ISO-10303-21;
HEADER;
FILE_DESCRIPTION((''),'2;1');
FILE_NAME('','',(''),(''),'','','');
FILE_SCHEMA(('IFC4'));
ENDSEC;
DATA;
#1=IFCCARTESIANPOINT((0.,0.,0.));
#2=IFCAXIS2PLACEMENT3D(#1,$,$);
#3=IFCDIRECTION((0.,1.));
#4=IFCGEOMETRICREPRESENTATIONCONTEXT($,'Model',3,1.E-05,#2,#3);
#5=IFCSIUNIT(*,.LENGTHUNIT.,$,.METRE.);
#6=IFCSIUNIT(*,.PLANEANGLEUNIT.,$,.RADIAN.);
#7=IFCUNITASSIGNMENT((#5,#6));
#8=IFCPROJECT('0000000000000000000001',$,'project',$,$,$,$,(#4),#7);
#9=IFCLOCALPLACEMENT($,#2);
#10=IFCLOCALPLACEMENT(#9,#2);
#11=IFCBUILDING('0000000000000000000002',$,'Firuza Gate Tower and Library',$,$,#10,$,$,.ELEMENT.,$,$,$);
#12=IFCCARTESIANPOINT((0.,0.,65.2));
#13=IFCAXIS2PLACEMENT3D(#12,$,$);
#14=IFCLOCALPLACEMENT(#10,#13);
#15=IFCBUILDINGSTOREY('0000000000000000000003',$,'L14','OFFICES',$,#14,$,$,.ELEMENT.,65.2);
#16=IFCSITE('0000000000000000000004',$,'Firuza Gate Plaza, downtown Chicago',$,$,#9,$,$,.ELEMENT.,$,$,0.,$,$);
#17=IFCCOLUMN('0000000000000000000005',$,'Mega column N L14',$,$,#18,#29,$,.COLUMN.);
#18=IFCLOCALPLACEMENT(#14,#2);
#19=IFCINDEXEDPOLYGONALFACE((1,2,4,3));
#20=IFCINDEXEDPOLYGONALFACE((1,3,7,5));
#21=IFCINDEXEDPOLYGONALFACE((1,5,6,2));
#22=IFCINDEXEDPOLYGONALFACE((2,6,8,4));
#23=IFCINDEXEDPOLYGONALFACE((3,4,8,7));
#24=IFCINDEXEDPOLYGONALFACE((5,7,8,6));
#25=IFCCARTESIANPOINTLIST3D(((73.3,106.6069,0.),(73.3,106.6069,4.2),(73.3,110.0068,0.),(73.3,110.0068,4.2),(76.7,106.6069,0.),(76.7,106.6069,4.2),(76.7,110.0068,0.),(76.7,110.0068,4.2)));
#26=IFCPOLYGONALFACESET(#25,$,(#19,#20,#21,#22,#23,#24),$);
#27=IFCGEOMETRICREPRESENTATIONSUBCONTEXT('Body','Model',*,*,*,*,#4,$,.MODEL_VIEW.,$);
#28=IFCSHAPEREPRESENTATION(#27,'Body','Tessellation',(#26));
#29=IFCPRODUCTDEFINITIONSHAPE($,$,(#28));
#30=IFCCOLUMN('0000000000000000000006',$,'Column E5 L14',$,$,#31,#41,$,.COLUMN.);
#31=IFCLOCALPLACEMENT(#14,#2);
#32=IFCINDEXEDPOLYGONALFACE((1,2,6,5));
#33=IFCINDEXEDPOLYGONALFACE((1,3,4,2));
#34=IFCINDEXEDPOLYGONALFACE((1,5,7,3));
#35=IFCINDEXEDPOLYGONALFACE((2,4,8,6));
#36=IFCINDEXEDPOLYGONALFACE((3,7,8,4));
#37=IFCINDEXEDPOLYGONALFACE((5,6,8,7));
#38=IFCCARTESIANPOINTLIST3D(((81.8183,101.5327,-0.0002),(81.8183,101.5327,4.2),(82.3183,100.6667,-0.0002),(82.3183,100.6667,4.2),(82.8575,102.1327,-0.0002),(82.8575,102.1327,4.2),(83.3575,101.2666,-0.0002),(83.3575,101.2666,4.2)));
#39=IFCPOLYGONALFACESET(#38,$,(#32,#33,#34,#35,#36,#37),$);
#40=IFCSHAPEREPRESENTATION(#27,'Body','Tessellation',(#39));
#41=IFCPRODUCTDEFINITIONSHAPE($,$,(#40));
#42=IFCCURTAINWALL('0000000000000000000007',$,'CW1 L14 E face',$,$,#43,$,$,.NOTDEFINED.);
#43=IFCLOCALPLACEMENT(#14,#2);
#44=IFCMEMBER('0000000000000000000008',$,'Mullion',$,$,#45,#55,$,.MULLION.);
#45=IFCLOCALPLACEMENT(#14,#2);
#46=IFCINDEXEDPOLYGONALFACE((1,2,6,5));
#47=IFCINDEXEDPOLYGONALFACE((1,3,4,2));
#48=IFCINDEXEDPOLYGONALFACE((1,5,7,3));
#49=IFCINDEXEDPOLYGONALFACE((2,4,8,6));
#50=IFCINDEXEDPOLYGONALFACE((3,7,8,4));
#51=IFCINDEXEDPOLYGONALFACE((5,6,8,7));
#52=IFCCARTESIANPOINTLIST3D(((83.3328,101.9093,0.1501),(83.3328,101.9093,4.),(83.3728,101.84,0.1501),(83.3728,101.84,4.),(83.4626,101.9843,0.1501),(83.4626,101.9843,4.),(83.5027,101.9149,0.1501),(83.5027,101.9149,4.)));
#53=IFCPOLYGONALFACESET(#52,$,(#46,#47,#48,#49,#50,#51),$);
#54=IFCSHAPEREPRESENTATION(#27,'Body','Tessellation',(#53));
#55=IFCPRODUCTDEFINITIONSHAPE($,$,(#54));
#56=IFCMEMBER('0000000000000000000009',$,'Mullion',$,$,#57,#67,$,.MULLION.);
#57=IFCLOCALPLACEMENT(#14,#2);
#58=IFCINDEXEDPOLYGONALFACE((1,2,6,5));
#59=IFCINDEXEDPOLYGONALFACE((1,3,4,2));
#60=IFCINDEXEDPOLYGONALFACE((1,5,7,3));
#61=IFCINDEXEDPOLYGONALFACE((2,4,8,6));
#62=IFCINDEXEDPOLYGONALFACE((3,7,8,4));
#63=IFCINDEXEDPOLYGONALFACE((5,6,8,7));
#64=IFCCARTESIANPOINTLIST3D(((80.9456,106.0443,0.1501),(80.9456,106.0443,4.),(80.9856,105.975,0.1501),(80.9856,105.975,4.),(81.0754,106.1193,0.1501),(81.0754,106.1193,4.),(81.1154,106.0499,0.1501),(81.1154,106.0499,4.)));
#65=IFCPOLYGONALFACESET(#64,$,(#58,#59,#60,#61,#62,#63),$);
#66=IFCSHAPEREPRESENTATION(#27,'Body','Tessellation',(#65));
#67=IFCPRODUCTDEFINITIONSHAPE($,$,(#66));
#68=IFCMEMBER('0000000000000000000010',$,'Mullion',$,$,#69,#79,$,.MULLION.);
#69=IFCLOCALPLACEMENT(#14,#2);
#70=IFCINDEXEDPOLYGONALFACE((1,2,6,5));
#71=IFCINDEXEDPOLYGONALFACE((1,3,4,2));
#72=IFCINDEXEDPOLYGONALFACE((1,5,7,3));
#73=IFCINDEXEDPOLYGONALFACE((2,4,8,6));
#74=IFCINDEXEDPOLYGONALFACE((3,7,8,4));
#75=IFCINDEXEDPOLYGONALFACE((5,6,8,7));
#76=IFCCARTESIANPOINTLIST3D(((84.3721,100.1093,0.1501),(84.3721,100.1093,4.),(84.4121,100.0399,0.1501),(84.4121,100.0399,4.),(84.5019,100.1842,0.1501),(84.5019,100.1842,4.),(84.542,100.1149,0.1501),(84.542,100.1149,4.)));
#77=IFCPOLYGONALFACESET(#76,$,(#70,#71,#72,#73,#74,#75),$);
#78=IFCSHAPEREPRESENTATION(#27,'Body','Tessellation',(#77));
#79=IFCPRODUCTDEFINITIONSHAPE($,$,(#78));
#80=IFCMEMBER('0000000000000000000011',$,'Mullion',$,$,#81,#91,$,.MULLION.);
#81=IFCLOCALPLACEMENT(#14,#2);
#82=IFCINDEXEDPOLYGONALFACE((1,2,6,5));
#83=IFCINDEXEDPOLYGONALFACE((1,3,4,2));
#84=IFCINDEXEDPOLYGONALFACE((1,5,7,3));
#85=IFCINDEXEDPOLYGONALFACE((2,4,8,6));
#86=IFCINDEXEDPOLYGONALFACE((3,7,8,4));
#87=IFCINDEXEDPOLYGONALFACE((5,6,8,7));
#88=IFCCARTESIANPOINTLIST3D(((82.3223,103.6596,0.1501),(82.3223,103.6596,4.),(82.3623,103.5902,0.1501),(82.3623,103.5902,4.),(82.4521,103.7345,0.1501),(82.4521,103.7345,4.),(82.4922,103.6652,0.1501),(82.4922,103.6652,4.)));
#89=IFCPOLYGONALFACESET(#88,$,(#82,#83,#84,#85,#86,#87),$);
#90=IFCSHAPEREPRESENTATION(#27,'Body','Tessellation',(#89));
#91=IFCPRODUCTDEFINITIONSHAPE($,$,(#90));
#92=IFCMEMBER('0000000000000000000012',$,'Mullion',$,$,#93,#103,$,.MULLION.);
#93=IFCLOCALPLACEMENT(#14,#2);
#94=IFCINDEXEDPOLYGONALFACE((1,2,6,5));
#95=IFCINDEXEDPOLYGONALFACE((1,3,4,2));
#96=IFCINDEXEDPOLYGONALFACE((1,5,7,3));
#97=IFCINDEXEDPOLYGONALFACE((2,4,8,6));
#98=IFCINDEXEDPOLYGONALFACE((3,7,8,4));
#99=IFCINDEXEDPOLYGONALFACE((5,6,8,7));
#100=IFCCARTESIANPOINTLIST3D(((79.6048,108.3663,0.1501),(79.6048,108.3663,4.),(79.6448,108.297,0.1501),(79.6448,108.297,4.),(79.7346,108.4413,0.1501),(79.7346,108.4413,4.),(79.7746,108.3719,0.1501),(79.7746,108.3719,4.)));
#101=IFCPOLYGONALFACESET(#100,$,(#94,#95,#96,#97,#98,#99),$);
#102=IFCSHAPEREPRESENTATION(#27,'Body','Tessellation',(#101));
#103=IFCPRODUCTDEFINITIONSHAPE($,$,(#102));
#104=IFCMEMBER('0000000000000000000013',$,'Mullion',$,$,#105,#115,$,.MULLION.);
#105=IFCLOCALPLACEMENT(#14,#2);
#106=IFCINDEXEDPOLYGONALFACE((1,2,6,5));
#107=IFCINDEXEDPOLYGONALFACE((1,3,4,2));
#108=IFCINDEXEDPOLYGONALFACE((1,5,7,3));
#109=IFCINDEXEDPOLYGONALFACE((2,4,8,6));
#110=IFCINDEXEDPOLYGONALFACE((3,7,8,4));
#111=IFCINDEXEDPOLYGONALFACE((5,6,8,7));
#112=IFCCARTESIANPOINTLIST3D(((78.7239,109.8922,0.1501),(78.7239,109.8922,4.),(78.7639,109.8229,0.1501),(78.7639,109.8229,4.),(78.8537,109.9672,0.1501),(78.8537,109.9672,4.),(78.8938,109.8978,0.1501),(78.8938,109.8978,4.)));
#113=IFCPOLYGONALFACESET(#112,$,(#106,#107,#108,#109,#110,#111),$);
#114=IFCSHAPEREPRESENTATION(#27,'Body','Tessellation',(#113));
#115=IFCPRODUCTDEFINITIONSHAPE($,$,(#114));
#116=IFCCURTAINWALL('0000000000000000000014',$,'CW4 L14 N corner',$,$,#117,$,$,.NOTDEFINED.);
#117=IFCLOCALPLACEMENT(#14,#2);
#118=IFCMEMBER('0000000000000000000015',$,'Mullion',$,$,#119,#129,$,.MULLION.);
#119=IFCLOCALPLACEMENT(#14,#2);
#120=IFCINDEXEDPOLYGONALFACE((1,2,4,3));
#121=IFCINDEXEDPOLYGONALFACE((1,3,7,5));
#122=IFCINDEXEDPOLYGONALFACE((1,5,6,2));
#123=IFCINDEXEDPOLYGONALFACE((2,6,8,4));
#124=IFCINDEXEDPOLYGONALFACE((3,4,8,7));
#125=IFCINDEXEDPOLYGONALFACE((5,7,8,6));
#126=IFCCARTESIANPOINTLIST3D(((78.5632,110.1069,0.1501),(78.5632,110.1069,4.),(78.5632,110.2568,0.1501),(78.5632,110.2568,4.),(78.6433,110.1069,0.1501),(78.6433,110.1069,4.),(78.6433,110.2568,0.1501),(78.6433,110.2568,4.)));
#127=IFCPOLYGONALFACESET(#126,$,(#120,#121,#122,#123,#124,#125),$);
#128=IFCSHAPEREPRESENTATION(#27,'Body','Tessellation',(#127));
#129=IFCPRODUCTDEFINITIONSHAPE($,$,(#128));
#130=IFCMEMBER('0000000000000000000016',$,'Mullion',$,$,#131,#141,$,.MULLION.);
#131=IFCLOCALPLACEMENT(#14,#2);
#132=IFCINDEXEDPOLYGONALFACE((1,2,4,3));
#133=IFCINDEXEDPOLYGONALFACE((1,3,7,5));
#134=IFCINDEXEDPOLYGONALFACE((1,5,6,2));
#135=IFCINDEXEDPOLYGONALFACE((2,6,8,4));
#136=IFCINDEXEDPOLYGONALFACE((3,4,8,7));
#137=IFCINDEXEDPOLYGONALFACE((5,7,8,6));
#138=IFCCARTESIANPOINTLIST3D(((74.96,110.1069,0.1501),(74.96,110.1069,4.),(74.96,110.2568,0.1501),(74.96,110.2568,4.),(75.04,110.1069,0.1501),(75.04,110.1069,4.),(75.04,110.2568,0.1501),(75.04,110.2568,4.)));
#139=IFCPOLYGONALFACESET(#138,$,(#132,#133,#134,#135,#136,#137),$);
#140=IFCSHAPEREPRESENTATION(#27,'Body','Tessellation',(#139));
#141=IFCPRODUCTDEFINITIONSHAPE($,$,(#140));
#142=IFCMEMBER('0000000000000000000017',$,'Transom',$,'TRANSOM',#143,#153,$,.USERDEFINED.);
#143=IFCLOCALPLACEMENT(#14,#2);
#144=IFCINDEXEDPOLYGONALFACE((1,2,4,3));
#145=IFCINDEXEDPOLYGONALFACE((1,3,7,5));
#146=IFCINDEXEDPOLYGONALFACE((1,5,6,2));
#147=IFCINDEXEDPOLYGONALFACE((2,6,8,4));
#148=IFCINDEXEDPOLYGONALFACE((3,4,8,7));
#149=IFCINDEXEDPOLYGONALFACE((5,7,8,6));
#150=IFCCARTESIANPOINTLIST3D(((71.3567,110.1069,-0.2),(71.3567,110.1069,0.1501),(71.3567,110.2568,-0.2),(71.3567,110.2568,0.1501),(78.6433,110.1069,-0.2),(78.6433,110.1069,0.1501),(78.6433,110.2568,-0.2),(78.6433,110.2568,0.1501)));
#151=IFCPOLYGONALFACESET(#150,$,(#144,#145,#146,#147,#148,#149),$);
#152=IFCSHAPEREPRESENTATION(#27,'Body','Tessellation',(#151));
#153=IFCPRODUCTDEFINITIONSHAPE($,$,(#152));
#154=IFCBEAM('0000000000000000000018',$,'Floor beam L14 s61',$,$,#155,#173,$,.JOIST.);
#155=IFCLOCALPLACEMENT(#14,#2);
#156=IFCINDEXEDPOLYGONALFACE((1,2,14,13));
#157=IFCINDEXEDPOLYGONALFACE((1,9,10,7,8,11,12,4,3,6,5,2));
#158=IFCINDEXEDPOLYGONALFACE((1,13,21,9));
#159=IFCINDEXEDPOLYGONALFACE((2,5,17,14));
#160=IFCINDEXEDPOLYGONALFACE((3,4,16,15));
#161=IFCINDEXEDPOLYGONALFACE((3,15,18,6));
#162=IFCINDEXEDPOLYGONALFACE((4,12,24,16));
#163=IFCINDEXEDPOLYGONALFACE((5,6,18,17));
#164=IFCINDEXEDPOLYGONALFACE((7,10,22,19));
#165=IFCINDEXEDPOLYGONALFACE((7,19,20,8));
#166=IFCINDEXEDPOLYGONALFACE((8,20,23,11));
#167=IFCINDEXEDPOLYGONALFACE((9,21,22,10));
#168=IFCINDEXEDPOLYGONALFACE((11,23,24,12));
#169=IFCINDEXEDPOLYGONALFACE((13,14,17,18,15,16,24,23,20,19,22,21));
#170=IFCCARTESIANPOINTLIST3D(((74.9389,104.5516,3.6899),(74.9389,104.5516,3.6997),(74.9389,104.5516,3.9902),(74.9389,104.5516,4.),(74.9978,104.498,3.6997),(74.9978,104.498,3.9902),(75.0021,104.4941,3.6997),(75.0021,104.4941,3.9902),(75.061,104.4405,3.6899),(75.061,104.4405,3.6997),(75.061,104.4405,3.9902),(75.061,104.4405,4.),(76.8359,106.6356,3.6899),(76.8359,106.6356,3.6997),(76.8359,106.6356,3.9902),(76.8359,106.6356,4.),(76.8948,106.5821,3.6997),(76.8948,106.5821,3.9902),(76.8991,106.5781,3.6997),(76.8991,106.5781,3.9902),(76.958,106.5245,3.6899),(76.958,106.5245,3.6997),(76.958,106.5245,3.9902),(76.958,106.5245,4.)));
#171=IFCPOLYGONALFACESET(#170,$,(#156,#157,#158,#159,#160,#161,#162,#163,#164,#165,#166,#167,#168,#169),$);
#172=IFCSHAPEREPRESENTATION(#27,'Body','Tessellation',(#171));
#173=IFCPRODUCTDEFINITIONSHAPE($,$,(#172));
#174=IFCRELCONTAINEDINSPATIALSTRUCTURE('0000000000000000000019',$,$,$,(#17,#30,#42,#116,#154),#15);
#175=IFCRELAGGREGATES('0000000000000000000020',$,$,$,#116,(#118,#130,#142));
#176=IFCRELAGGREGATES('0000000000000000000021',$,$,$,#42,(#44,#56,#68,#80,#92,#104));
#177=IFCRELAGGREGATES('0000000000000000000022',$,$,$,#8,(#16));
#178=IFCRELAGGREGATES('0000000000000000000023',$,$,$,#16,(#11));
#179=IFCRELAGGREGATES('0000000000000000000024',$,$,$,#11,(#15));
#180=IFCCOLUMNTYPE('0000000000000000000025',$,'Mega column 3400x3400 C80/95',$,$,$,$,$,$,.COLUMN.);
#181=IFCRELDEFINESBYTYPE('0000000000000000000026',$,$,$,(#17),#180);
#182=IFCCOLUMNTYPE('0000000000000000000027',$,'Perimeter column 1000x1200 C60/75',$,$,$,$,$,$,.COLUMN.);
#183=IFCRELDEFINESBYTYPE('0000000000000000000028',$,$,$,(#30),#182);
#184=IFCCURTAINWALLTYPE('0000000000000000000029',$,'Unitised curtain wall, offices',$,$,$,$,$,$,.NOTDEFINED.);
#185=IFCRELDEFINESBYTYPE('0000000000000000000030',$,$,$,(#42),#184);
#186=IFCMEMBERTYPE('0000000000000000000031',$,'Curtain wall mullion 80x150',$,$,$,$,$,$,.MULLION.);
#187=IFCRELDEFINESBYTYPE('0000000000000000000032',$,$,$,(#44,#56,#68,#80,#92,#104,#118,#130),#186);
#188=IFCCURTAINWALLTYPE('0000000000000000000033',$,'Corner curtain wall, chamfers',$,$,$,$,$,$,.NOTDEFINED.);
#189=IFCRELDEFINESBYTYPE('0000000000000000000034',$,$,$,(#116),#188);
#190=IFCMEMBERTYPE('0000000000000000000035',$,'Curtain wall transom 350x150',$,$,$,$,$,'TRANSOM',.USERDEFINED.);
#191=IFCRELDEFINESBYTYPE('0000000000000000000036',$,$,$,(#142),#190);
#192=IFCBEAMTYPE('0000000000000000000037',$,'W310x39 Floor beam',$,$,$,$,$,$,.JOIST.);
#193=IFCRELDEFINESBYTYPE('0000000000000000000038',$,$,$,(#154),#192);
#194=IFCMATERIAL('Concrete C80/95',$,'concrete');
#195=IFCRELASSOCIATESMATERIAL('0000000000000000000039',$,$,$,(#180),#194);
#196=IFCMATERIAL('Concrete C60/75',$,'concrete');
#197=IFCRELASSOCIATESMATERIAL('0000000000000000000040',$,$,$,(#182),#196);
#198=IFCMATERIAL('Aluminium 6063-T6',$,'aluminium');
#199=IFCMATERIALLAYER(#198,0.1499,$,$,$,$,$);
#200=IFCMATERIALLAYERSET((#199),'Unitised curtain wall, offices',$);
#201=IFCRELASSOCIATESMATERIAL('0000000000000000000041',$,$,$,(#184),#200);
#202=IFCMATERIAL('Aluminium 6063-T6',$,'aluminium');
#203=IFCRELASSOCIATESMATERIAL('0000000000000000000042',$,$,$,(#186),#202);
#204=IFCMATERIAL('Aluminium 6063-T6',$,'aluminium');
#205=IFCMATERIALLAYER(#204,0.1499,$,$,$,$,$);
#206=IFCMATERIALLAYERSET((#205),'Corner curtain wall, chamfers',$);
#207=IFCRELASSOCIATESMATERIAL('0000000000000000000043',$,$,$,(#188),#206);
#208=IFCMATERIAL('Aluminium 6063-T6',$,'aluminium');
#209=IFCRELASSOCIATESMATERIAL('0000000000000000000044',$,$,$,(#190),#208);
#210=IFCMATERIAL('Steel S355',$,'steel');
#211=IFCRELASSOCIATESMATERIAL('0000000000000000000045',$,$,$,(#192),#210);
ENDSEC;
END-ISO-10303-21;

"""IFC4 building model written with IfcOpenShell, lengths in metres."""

from ifc_helpers import new_model, si_unit, direction, frame, origin, origin_2d, place, context, subcontext, project, spatial, rectangle, i_section, extrude, material, layer, layer_set, material_profile, profile_set, type_object, element, aggregate, save


model = new_model("IFC4")

# Units and contexts
model_context = context("Model", 3, precision=1e-05, world=origin(), true_north=direction((0.0, 1.0)))
body_context = subcontext(model_context, "Body", "Model", "MODEL_VIEW")
ifc_project = project(units=[si_unit("LENGTHUNIT", "METRE"), si_unit("PLANEANGLEUNIT", "RADIAN")], contexts=[model_context])

# Site, building, storey
site_placement = place(None, origin())
site = spatial("IfcSite", under=ifc_project, at=site_placement, Name="Firuza Gate Plaza, downtown Chicago", CompositionType="ELEMENT", RefElevation=0.0)
building_placement = place(site_placement, origin())
building = spatial("IfcBuilding", under=site, at=building_placement, Name="Firuza Gate Tower and Library", CompositionType="ELEMENT")
storey_placement = place(building_placement, frame((0.0, 0.0, 65.2)))
storey = spatial("IfcBuildingStorey", under=building, at=storey_placement, Name="L14", Description="OFFICES", CompositionType="ELEMENT", Elevation=65.2)

# Columns
ifc_material_1 = material(Name="Concrete C80/95", Category="concrete")
ifc_material_profile_1 = material_profile(ifc_material_1, rectangle(XDim=3.3999, YDim=3.3999, at=origin_2d()))
ifc_profile_set_1 = profile_set([ifc_material_profile_1], Name="Concrete C80/95")
column_type_1 = type_object("IfcColumnType", Name="Mega column 3400x3400 C80/95", PredefinedType="COLUMN", material=ifc_profile_set_1)
column_1_placement = place(storey_placement, frame((75.0, 108.3069, 0.0), z_axis=(0.0, 0.0, 1.0), x_axis=(-1.0, 0.0, 0.0)))
element("IfcColumn", 1, at=column_1_placement, inside=storey, type_object=column_type_1, Name="Mega column N L14", PredefinedType="COLUMN", context=body_context, shape_type="SweptSolid", body=[
    extrude(rectangle(XDim=3.3999, YDim=3.3999, at=origin_2d()), origin(), (0.0, 0.0, 1.0), 4.2),
])
ifc_material_2 = material(Name="Concrete C60/75", Category="concrete")
ifc_material_profile_2 = material_profile(ifc_material_2, rectangle(XDim=1.0, YDim=1.2, at=origin_2d()))
ifc_profile_set_2 = profile_set([ifc_material_profile_2], Name="Concrete C60/75")
column_type_2 = type_object("IfcColumnType", Name="Perimeter column 1000x1200 C60/75", PredefinedType="COLUMN", material=ifc_profile_set_2)
column_2_placement = place(storey_placement, frame((82.5879, 101.3997, -0.0002), z_axis=(0.0, 0.0, 1.0), x_axis=(-0.5, 0.866025, 0.0)))
element("IfcColumn", 2, at=column_2_placement, inside=storey, type_object=column_type_2, Name="Column E5 L14", PredefinedType="COLUMN", context=body_context, shape_type="SweptSolid", body=[
    extrude(rectangle(XDim=1.0, YDim=1.2, at=origin_2d()), origin(), (0.0, 0.0, 1.0), 4.2002),
])

# Curtain walls, members
ifc_material_3 = material(Name="Aluminium 6063-T6", Category="aluminium")
ifc_layer_1 = layer(ifc_material_3, 0.1499)
ifc_layer_set_1 = layer_set([ifc_layer_1], Name="Unitised curtain wall, offices")
curtain_wall_type_1 = type_object("IfcCurtainWallType", Name="Unitised curtain wall, offices", PredefinedType="NOTDEFINED", material=ifc_layer_set_1)
placement = place(storey_placement, origin())
curtain_wall_1 = element("IfcCurtainWall", 3, at=placement, inside=storey, type_object=curtain_wall_type_1, Name="CW1 L14 E face", PredefinedType="NOTDEFINED")
ifc_material_4 = material(Name="Aluminium 6063-T6", Category="aluminium")
ifc_material_profile_3 = material_profile(ifc_material_4, rectangle(XDim=0.1499, YDim=0.0801, at=origin_2d()))
ifc_profile_set_3 = profile_set([ifc_material_profile_3], Name="Aluminium 6063-T6")
member_type_1 = type_object("IfcMemberType", Name="Curtain wall mullion 80x150", PredefinedType="MULLION", material=ifc_profile_set_3)
member_1_placement = place(storey_placement, frame((83.4177, 101.9121, 0.1501), z_axis=(0.0, 0.0, 1.0), x_axis=(-0.866025, -0.5, 0.0)))
member_1 = element("IfcMember", 4, at=member_1_placement, type_object=member_type_1, Name="Mullion", PredefinedType="MULLION", context=body_context, shape_type="SweptSolid", body=[
    extrude(rectangle(XDim=0.1499, YDim=0.0801, at=origin_2d()), origin(), (0.0, 0.0, 1.0), 3.8499),
])
member_2_placement = place(storey_placement, frame((81.0305, 106.0471, 0.1501), z_axis=(0.0, 0.0, 1.0), x_axis=(-0.866025, -0.5, 0.0)))
member_2 = element("IfcMember", 5, at=member_2_placement, type_object=member_type_1, Name="Mullion", PredefinedType="MULLION", context=body_context, shape_type="SweptSolid", body=[
    extrude(rectangle(XDim=0.1499, YDim=0.0801, at=origin_2d()), origin(), (0.0, 0.0, 1.0), 3.8499),
])
member_3_placement = place(storey_placement, frame((84.457, 100.1121, 0.1501), z_axis=(0.0, 0.0, 1.0), x_axis=(-0.866025, -0.5, 0.0)))
member_3 = element("IfcMember", 6, at=member_3_placement, type_object=member_type_1, Name="Mullion", PredefinedType="MULLION", context=body_context, shape_type="SweptSolid", body=[
    extrude(rectangle(XDim=0.1499, YDim=0.0801, at=origin_2d()), origin(), (0.0, 0.0, 1.0), 3.8499),
])
member_4_placement = place(storey_placement, frame((82.4072, 103.6624, 0.1501), z_axis=(0.0, 0.0, 1.0), x_axis=(-0.866025, -0.5, 0.0)))
member_4 = element("IfcMember", 7, at=member_4_placement, type_object=member_type_1, Name="Mullion", PredefinedType="MULLION", context=body_context, shape_type="SweptSolid", body=[
    extrude(rectangle(XDim=0.1499, YDim=0.0801, at=origin_2d()), origin(), (0.0, 0.0, 1.0), 3.8499),
])
member_5_placement = place(storey_placement, frame((79.6897, 108.3691, 0.1501), z_axis=(0.0, 0.0, 1.0), x_axis=(-0.866025, -0.5, 0.0)))
member_5 = element("IfcMember", 8, at=member_5_placement, type_object=member_type_1, Name="Mullion", PredefinedType="MULLION", context=body_context, shape_type="SweptSolid", body=[
    extrude(rectangle(XDim=0.1499, YDim=0.0801, at=origin_2d()), origin(), (0.0, 0.0, 1.0), 3.8499),
])
member_6_placement = place(storey_placement, frame((78.8088, 109.895, 0.1501), z_axis=(0.0, 0.0, 1.0), x_axis=(-0.866025, -0.5, 0.0)))
member_6 = element("IfcMember", 9, at=member_6_placement, type_object=member_type_1, Name="Mullion", PredefinedType="MULLION", context=body_context, shape_type="SweptSolid", body=[
    extrude(rectangle(XDim=0.1499, YDim=0.0801, at=origin_2d()), origin(), (0.0, 0.0, 1.0), 3.8499),
])
ifc_material_5 = material(Name="Aluminium 6063-T6", Category="aluminium")
ifc_layer_2 = layer(ifc_material_5, 0.1499)
ifc_layer_set_2 = layer_set([ifc_layer_2], Name="Corner curtain wall, chamfers")
curtain_wall_type_2 = type_object("IfcCurtainWallType", Name="Corner curtain wall, chamfers", PredefinedType="NOTDEFINED", material=ifc_layer_set_2)
curtain_wall_2 = element("IfcCurtainWall", 10, at=placement, inside=storey, type_object=curtain_wall_type_2, Name="CW4 L14 N corner", PredefinedType="NOTDEFINED")
member_7_placement = place(storey_placement, frame((78.6033, 110.1819, 0.1501), z_axis=(0.0, 0.0, 1.0), x_axis=(0.0, -1.0, 0.0)))
member_7 = element("IfcMember", 11, at=member_7_placement, type_object=member_type_1, Name="Mullion", PredefinedType="MULLION", context=body_context, shape_type="SweptSolid", body=[
    extrude(rectangle(XDim=0.1499, YDim=0.0801, at=origin_2d()), origin(), (0.0, 0.0, 1.0), 3.8499),
])
member_8_placement = place(storey_placement, frame((75.0, 110.1819, 0.1501), z_axis=(0.0, 0.0, 1.0), x_axis=(0.0, -1.0, 0.0)))
member_8 = element("IfcMember", 12, at=member_8_placement, type_object=member_type_1, Name="Mullion", PredefinedType="MULLION", context=body_context, shape_type="SweptSolid", body=[
    extrude(rectangle(XDim=0.1499, YDim=0.0801, at=origin_2d()), origin(), (0.0, 0.0, 1.0), 3.8499),
])
ifc_material_6 = material(Name="Aluminium 6063-T6", Category="aluminium")
ifc_material_profile_4 = material_profile(ifc_material_6, rectangle(XDim=0.1499, YDim=0.3501, at=origin_2d()))
ifc_profile_set_4 = profile_set([ifc_material_profile_4], Name="Aluminium 6063-T6")
member_type_2 = type_object("IfcMemberType", Name="Curtain wall transom 350x150", ElementType="TRANSOM", PredefinedType="USERDEFINED", material=ifc_profile_set_4)
member_9_placement = place(storey_placement, frame((78.6433, 110.1819, -0.0249), z_axis=(-1.0, 0.0, 0.0), x_axis=(0.0, -1.0, 0.0)))
member_9 = element("IfcMember", 13, at=member_9_placement, type_object=member_type_2, Name="Transom", ObjectType="TRANSOM", PredefinedType="USERDEFINED", context=body_context, shape_type="SweptSolid", body=[
    extrude(rectangle(XDim=0.1499, YDim=0.3501, at=origin_2d()), origin(), (0.0, 0.0, 1.0), 7.2866),
])

# Beam
ifc_material_7 = material(Name="Steel S355", Category="steel")
ifc_material_profile_5 = material_profile(ifc_material_7, i_section(OverallWidth=0.165, OverallDepth=0.3101, WebThickness=0.0059, FlangeThickness=0.0098, at=origin_2d()))
ifc_profile_set_5 = profile_set([ifc_material_profile_5], Name="Steel S355")
beam_type_1 = type_object("IfcBeamType", Name="W310x39 Floor beam", PredefinedType="JOIST", material=ifc_profile_set_5)
beam_1_placement = place(storey_placement, frame((76.897, 106.5801, 3.845), z_axis=(-0.673147, -0.739509, 0.0), x_axis=(0.739509, -0.673147, 0.0)))
element("IfcBeam", 14, at=beam_1_placement, inside=storey, type_object=beam_type_1, Name="Floor beam L14 s61", PredefinedType="JOIST", context=body_context, shape_type="SweptSolid", body=[
    extrude(i_section(OverallWidth=0.165, OverallDepth=0.3101, WebThickness=0.0059, FlangeThickness=0.0098, at=origin_2d()), origin(), (0.0, 0.0, 1.0), 2.8181),
])

aggregate(curtain_wall_2, [member_7, member_8, member_9])
aggregate(curtain_wall_1, [member_1, member_2, member_3, member_4, member_5, member_6])

save(model, "model.ifc")
